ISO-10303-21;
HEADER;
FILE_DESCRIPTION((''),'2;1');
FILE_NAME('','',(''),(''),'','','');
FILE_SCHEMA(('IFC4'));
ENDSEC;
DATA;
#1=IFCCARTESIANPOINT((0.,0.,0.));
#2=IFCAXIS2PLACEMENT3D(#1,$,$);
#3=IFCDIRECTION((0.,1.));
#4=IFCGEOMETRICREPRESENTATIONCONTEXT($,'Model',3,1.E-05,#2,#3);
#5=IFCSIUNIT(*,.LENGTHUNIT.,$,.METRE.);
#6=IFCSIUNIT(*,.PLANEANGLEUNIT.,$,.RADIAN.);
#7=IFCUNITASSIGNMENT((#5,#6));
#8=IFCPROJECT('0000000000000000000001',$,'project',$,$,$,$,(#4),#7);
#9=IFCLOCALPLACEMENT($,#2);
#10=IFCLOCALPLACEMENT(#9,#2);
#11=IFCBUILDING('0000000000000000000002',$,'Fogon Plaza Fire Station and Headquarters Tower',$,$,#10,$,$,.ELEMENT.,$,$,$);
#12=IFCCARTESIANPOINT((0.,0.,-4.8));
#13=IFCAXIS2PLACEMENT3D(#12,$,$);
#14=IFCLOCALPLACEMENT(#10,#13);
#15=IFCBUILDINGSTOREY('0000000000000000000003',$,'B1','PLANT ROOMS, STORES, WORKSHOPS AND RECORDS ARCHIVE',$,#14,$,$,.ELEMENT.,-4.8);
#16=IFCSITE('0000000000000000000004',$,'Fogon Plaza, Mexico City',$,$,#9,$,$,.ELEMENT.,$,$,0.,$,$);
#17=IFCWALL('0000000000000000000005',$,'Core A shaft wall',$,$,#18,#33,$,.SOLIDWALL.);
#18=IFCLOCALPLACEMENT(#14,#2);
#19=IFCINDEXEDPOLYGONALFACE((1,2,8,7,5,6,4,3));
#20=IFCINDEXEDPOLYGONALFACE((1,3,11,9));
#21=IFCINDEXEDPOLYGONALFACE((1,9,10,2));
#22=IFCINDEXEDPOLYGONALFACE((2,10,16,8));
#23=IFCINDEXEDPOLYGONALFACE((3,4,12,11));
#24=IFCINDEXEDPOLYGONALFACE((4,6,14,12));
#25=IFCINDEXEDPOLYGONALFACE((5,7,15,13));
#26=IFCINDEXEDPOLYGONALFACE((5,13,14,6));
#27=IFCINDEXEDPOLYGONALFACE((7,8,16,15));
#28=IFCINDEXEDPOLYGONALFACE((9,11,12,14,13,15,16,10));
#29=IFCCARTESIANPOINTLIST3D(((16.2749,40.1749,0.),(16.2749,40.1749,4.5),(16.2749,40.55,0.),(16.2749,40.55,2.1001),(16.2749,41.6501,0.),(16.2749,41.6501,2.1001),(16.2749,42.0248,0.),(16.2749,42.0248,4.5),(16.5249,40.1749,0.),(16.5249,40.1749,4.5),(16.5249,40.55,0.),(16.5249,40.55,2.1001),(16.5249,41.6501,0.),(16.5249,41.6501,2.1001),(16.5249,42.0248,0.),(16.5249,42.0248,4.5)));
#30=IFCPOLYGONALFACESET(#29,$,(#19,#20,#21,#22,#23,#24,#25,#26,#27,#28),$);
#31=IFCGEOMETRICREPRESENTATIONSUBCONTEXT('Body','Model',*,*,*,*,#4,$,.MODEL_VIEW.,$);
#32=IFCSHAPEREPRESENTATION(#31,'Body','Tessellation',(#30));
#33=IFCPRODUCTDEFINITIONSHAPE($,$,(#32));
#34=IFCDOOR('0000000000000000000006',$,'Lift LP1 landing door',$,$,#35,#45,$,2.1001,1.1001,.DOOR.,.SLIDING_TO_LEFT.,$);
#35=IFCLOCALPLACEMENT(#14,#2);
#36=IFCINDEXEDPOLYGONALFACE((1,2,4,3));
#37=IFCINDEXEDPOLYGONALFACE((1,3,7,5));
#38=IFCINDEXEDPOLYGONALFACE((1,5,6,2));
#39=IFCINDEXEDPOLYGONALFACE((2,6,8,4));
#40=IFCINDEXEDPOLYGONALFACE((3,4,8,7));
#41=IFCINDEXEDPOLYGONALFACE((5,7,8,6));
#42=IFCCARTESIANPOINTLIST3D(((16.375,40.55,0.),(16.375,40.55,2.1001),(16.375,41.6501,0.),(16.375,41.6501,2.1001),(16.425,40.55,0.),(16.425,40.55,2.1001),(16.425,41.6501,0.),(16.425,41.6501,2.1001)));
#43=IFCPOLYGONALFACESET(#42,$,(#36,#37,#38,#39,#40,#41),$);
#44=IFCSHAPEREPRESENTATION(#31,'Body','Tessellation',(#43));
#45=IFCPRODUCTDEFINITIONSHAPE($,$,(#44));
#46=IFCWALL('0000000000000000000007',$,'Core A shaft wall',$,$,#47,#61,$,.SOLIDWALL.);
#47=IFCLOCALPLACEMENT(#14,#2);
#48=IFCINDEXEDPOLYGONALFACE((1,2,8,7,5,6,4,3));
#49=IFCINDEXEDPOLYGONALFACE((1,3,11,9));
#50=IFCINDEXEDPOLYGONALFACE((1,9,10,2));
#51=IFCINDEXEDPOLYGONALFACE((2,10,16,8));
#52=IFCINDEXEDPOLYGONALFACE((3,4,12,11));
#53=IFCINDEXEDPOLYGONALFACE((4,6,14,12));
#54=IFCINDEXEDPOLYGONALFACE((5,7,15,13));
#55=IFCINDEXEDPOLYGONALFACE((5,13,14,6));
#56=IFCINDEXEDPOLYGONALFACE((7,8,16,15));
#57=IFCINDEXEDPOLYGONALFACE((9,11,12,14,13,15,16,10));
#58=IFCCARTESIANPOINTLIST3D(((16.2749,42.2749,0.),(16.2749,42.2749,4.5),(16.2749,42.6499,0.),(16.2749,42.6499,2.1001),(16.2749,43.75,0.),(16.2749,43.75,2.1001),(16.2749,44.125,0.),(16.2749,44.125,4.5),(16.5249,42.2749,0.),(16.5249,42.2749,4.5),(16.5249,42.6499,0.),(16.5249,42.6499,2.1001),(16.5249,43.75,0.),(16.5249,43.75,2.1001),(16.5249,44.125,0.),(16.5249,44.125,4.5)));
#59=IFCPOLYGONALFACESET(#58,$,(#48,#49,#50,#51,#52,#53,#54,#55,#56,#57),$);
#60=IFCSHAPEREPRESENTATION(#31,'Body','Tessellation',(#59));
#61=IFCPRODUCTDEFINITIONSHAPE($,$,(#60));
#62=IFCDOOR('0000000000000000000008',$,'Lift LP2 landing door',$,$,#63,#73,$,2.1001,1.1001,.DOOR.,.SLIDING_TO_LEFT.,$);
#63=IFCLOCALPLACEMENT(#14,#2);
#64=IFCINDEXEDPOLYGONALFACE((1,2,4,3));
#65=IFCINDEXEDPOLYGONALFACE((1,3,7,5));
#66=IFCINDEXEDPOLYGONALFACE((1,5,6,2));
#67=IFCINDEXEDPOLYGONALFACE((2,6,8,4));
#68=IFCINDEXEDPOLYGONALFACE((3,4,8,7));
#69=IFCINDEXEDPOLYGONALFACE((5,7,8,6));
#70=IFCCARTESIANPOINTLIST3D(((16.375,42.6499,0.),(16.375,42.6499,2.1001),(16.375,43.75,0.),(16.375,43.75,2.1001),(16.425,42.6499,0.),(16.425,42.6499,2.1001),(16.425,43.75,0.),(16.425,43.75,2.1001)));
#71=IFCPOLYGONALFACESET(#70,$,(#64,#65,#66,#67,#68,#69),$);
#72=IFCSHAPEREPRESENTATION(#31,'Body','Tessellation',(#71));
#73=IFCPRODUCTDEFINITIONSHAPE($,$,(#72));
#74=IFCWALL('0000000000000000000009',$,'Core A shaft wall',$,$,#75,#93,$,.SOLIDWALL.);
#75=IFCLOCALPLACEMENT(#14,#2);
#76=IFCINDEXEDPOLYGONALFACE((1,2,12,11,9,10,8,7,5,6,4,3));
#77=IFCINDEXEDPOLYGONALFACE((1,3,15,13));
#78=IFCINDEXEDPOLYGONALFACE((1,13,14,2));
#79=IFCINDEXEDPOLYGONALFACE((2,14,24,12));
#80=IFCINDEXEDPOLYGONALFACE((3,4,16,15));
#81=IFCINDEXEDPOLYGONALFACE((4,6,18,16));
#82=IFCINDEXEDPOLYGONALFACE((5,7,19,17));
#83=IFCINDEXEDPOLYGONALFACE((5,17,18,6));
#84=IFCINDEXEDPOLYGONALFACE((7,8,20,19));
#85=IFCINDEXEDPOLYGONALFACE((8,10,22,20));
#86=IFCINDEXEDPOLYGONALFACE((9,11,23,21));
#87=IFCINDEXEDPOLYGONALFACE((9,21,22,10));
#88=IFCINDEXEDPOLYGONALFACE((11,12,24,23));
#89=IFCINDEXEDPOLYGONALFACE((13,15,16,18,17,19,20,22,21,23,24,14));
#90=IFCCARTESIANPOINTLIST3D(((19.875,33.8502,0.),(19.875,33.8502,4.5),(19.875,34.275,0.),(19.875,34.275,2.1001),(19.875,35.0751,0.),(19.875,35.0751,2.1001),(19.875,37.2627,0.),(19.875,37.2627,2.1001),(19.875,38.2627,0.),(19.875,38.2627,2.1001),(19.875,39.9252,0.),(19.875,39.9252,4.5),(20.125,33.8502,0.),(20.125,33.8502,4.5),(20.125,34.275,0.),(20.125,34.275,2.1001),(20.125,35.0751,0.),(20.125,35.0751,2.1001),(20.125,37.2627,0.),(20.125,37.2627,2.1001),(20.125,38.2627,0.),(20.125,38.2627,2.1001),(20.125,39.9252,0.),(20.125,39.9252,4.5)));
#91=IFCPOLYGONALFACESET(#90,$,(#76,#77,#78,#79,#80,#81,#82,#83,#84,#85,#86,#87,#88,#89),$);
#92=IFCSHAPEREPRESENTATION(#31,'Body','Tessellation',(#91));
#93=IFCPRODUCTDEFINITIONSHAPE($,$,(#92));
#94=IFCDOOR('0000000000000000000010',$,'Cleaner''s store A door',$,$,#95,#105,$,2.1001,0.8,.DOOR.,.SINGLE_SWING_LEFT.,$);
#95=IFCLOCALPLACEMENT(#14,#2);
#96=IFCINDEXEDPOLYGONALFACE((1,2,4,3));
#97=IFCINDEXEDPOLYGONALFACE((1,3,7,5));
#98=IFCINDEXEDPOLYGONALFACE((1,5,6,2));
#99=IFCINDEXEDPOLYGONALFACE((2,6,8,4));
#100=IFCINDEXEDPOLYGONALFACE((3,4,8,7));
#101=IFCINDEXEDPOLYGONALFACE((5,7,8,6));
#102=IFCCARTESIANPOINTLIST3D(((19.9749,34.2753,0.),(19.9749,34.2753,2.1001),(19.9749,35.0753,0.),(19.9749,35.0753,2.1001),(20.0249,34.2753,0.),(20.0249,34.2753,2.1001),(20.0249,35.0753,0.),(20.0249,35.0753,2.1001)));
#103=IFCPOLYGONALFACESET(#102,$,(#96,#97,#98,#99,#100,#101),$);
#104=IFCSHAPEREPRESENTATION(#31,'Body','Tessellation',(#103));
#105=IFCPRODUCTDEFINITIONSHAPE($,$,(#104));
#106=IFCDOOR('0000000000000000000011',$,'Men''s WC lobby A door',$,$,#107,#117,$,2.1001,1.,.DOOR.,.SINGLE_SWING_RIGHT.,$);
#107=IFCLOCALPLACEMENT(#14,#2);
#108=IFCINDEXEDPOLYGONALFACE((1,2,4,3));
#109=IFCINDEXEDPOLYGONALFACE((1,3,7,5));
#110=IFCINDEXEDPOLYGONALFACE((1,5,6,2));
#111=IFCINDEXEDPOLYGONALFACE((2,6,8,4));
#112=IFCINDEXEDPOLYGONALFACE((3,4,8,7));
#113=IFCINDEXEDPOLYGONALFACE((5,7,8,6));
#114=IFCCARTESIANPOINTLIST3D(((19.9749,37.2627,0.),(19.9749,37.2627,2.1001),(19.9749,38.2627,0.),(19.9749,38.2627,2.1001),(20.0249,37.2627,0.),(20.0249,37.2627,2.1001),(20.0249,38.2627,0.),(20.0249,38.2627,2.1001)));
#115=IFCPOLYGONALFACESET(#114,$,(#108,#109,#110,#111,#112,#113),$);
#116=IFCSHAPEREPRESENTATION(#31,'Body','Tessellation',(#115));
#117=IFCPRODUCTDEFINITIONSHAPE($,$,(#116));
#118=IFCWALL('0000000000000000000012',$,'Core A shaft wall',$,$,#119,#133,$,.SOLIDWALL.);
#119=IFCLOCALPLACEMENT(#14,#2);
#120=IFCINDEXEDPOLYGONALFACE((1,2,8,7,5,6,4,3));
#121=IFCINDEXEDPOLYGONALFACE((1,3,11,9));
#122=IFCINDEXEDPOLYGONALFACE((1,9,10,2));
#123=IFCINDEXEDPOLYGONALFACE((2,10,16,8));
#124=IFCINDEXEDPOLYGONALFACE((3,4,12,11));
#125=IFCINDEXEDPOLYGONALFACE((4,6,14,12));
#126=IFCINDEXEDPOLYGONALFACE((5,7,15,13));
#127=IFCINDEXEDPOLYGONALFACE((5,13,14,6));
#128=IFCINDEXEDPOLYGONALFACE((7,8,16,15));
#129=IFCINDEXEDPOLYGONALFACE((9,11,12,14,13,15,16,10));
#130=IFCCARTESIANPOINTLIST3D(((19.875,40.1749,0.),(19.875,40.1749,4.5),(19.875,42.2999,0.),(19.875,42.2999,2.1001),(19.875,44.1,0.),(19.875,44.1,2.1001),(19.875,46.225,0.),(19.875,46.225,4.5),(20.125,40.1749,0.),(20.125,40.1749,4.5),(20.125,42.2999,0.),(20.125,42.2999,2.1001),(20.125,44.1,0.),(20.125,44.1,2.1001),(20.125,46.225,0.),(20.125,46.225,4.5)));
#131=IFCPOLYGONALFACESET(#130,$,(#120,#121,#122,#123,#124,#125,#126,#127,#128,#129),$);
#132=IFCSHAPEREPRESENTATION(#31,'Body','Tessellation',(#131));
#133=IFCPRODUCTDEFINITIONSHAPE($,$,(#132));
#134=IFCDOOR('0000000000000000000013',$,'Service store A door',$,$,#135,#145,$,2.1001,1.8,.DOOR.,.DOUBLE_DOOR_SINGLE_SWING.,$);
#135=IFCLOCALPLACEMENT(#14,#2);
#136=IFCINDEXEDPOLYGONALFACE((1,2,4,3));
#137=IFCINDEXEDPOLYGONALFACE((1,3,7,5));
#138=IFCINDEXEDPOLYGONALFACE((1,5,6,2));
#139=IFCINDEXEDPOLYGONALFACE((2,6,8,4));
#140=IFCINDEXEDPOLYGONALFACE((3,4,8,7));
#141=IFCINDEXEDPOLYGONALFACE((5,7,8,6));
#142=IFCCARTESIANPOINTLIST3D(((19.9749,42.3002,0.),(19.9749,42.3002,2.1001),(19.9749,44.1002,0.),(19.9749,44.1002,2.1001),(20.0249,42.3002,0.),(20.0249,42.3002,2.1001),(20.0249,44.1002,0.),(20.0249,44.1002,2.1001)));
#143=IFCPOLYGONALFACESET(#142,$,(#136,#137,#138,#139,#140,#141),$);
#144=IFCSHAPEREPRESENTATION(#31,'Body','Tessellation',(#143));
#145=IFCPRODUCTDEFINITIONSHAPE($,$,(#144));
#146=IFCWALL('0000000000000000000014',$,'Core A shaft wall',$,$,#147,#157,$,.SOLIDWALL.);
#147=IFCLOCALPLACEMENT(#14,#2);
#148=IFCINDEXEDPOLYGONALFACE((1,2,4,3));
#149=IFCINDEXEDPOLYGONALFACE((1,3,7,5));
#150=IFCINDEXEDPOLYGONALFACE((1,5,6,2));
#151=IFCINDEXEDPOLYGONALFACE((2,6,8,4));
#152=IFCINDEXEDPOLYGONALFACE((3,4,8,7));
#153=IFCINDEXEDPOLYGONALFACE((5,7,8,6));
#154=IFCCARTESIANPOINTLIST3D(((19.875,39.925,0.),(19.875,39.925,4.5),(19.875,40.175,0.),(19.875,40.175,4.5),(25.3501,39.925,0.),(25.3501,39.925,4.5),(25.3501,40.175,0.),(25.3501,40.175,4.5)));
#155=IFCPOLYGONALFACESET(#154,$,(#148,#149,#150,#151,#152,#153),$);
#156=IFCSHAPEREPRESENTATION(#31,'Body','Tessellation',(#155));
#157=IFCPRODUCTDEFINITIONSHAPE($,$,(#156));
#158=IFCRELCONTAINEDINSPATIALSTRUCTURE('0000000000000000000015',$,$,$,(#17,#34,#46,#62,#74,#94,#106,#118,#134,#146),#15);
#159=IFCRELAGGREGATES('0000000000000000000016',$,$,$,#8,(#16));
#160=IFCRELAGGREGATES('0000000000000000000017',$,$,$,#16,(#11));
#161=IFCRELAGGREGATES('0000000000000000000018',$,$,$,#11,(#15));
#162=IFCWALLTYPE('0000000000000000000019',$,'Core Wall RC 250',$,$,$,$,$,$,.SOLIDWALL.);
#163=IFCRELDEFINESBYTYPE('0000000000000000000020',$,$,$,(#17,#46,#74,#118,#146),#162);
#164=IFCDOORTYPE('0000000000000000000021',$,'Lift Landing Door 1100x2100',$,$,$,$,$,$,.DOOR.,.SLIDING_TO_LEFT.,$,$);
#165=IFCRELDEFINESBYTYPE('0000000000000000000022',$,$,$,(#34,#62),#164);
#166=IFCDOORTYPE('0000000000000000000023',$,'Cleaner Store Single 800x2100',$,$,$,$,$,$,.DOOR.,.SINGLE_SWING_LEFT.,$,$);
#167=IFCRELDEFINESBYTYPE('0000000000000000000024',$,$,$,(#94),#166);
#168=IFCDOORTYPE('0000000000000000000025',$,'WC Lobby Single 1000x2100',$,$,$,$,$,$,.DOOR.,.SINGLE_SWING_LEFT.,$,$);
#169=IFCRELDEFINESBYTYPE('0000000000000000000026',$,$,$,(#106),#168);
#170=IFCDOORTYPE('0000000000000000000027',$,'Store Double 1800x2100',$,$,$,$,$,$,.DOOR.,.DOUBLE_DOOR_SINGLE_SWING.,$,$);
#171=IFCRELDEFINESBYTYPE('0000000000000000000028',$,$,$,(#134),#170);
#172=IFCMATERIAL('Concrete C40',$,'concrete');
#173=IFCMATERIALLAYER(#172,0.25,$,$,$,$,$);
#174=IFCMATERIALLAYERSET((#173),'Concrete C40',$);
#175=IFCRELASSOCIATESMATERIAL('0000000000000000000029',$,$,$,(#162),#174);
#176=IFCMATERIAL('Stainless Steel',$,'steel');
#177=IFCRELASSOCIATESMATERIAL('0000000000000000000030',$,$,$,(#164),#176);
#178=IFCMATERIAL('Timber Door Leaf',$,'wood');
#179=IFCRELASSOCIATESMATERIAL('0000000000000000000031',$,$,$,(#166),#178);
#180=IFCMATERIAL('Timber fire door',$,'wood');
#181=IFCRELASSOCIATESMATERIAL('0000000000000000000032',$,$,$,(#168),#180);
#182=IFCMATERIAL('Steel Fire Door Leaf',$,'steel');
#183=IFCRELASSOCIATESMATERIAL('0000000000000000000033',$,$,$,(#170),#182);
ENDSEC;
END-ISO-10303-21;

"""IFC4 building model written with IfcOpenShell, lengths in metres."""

from ifc_helpers import new_model, si_unit, direction, frame, frame_2d, origin, place, context, subcontext, project, spatial, rectangle, extrude, material, layer, layer_set, type_object, element, fill, save


model = new_model("IFC4")

# Units and contexts
model_context = context("Model", 3, precision=1e-05, world=origin(), true_north=direction((0.0, 1.0)))
body_context = subcontext(model_context, "Body", "Model", "MODEL_VIEW")
ifc_project = project(units=[si_unit("LENGTHUNIT", "METRE"), si_unit("PLANEANGLEUNIT", "RADIAN")], contexts=[model_context])

# Site, building, storey
site_placement = place(None, origin())
site = spatial("IfcSite", under=ifc_project, at=site_placement, Name="Fogon Plaza, Mexico City", CompositionType="ELEMENT", RefElevation=0.0)
building_placement = place(site_placement, origin())
building = spatial("IfcBuilding", under=site, at=building_placement, Name="Fogon Plaza Fire Station and Headquarters Tower", CompositionType="ELEMENT")
storey_placement = place(building_placement, frame((0.0, 0.0, -4.8)))
storey = spatial("IfcBuildingStorey", under=building, at=storey_placement, Name="B1", Description="PLANT ROOMS, STORES, WORKSHOPS AND RECORDS ARCHIVE", CompositionType="ELEMENT", Elevation=-4.8)

# Walls, openings, doors
ifc_material_1 = material(Name="Concrete C40", Category="concrete")
ifc_layer_1 = layer(ifc_material_1, 0.25)
ifc_layer_set_1 = layer_set([ifc_layer_1], Name="Concrete C40")
wall_type_1 = type_object("IfcWallType", Name="Core Wall RC 250", PredefinedType="SOLIDWALL", material=ifc_layer_set_1)
wall_1_placement = place(storey_placement, frame((16.3999, 40.175, 0.0), z_axis=(0.0, 0.0, 1.0), x_axis=(0.0, 1.0, 0.0)))
wall_1 = element("IfcWall", 1, at=wall_1_placement, inside=storey, type_object=wall_type_1, Name="Core A shaft wall", PredefinedType="SOLIDWALL", context=body_context, shape_type="SweptSolid", body=[
    extrude(rectangle(XDim=1.8499, YDim=0.25, at=frame_2d((0.9248, 0.0))), origin(), (0.0, 0.0, 1.0), 4.5),
])
opening_1_placement = place(wall_1_placement, frame((0.375, 0.0, 0.0)))
opening_1 = element("IfcOpeningElement", 2, at=opening_1_placement, cuts=wall_1, PredefinedType="OPENING", context=body_context, shape_type="SweptSolid", body=[
    extrude(rectangle(XDim=1.1001, YDim=2.1001, at=frame_2d((0.55, 1.05))), frame((0.0, 0.135, 0.0), z_axis=(0.0, -1.0, 0.0), x_axis=(1.0, 0.0, 0.0)), (0.0, 0.0, 1.0), 0.27),
])
ifc_material_2 = material(Name="Stainless Steel", Category="steel")
door_type_1 = type_object("IfcDoorType", Name="Lift Landing Door 1100x2100", OperationType="SLIDING_TO_LEFT", PredefinedType="DOOR", material=ifc_material_2)
door_1_placement = place(opening_1_placement, origin())
door_1 = element("IfcDoor", 3, at=door_1_placement, inside=storey, type_object=door_type_1, Name="Lift LP1 landing door", OperationType="SLIDING_TO_LEFT", OverallHeight=2.1001, OverallWidth=1.1001, PredefinedType="DOOR", context=body_context, shape_type="SweptSolid", body=[
    extrude(rectangle(XDim=1.1001, YDim=2.1001, at=frame_2d((0.55, 1.05))), frame((0.0, 0.0249, 0.0), z_axis=(0.0, -1.0, 0.0), x_axis=(1.0, 0.0, 0.0)), (0.0, 0.0, 1.0), 0.05),
])
fill(opening_1, door_1)
wall_2_placement = place(storey_placement, frame((16.3999, 42.2749, 0.0), z_axis=(0.0, 0.0, 1.0), x_axis=(0.0, 1.0, 0.0)))
wall_2 = element("IfcWall", 4, at=wall_2_placement, inside=storey, type_object=wall_type_1, Name="Core A shaft wall", PredefinedType="SOLIDWALL", context=body_context, shape_type="SweptSolid", body=[
    extrude(rectangle(XDim=1.8501, YDim=0.25, at=frame_2d((0.925, 0.0))), origin(), (0.0, 0.0, 1.0), 4.5),
])
opening_2_placement = place(wall_2_placement, frame((0.375, 0.0, 0.0)))
opening_2 = element("IfcOpeningElement", 5, at=opening_2_placement, cuts=wall_2, PredefinedType="OPENING", context=body_context, shape_type="SweptSolid", body=[
    extrude(rectangle(XDim=1.1001, YDim=2.1001, at=frame_2d((0.55, 1.05))), frame((0.0, 0.135, 0.0), z_axis=(0.0, -1.0, 0.0), x_axis=(1.0, 0.0, 0.0)), (0.0, 0.0, 1.0), 0.27),
])
door_2_placement = place(opening_2_placement, origin())
door_2 = element("IfcDoor", 6, at=door_2_placement, inside=storey, type_object=door_type_1, Name="Lift LP2 landing door", OperationType="SLIDING_TO_LEFT", OverallHeight=2.1001, OverallWidth=1.1001, PredefinedType="DOOR", context=body_context, shape_type="SweptSolid", body=[
    extrude(rectangle(XDim=1.1001, YDim=2.1001, at=frame_2d((0.55, 1.05))), frame((0.0, 0.0249, 0.0), z_axis=(0.0, -1.0, 0.0), x_axis=(1.0, 0.0, 0.0)), (0.0, 0.0, 1.0), 0.05),
])
fill(opening_2, door_2)

# Wall, openings, doors
wall_3_placement = place(storey_placement, frame((20.0, 33.8501, 0.0), z_axis=(0.0, 0.0, 1.0), x_axis=(0.0, 1.0, 0.0)))
wall_3 = element("IfcWall", 7, at=wall_3_placement, inside=storey, type_object=wall_type_1, Name="Core A shaft wall", PredefinedType="SOLIDWALL", context=body_context, shape_type="SweptSolid", body=[
    extrude(rectangle(XDim=6.075, YDim=0.25, at=frame_2d((3.0376, 0.0))), origin(), (0.0, 0.0, 1.0), 4.5),
])
opening_3_placement = place(wall_3_placement, frame((0.425, 0.0, 0.0)))
opening_3 = element("IfcOpeningElement", 8, at=opening_3_placement, cuts=wall_3, PredefinedType="OPENING", context=body_context, shape_type="SweptSolid", body=[
    extrude(rectangle(XDim=0.8, YDim=2.1001, at=frame_2d((0.3999, 1.05))), frame((0.0, 0.135, 0.0), z_axis=(0.0, -1.0, 0.0), x_axis=(1.0, 0.0, 0.0)), (0.0, 0.0, 1.0), 0.27),
])
opening_4_placement = place(wall_3_placement, frame((3.4126, 0.0, 0.0)))
opening_4 = element("IfcOpeningElement", 9, at=opening_4_placement, cuts=wall_3, PredefinedType="OPENING", context=body_context, shape_type="SweptSolid", body=[
    extrude(rectangle(XDim=1.0, YDim=2.1001, at=frame_2d((0.5, 1.05))), frame((0.0, 0.135, 0.0), z_axis=(0.0, -1.0, 0.0), x_axis=(1.0, 0.0, 0.0)), (0.0, 0.0, 1.0), 0.27),
])
ifc_material_3 = material(Name="Timber Door Leaf", Category="wood")
door_type_2 = type_object("IfcDoorType", Name="Cleaner Store Single 800x2100", OperationType="SINGLE_SWING_LEFT", PredefinedType="DOOR", material=ifc_material_3)
door_3_placement = place(opening_3_placement, frame((0.8, 0.0, 0.0), z_axis=(0.0, 0.0, 1.0), x_axis=(-1.0, 0.0, 0.0)))
door_3 = element("IfcDoor", 10, at=door_3_placement, inside=storey, type_object=door_type_2, Name="Cleaner's store A door", OperationType="SINGLE_SWING_LEFT", OverallHeight=2.1001, OverallWidth=0.8, PredefinedType="DOOR", context=body_context, shape_type="SweptSolid", body=[
    extrude(rectangle(XDim=0.8, YDim=2.1001, at=frame_2d((0.3999, 1.05))), frame((0.0, 0.0249, 0.0), z_axis=(0.0, -1.0, 0.0), x_axis=(1.0, 0.0, 0.0)), (0.0, 0.0, 1.0), 0.05),
])
fill(opening_3, door_3)
ifc_material_4 = material(Name="Timber fire door", Category="wood")
door_type_3 = type_object("IfcDoorType", Name="WC Lobby Single 1000x2100", OperationType="SINGLE_SWING_LEFT", PredefinedType="DOOR", material=ifc_material_4)
door_4_placement = place(opening_4_placement, frame((1.0, 0.0, 0.0), z_axis=(0.0, 0.0, 1.0), x_axis=(-1.0, 0.0, 0.0)))
door_4 = element("IfcDoor", 11, at=door_4_placement, inside=storey, type_object=door_type_3, Name="Men's WC lobby A door", OperationType="SINGLE_SWING_RIGHT", OverallHeight=2.1001, OverallWidth=1.0, PredefinedType="DOOR", context=body_context, shape_type="SweptSolid", body=[
    extrude(rectangle(XDim=1.0, YDim=2.1001, at=frame_2d((0.5, 1.05))), frame((0.0, 0.0249, 0.0), z_axis=(0.0, -1.0, 0.0), x_axis=(1.0, 0.0, 0.0)), (0.0, 0.0, 1.0), 0.05),
])
fill(opening_4, door_4)

# Wall, opening, door
wall_4_placement = place(storey_placement, frame((20.0, 40.175, 0.0), z_axis=(0.0, 0.0, 1.0), x_axis=(0.0, 1.0, 0.0)))
wall_4 = element("IfcWall", 12, at=wall_4_placement, inside=storey, type_object=wall_type_1, Name="Core A shaft wall", PredefinedType="SOLIDWALL", context=body_context, shape_type="SweptSolid", body=[
    extrude(rectangle(XDim=6.05, YDim=0.25, at=frame_2d((3.0249, 0.0))), origin(), (0.0, 0.0, 1.0), 4.5),
])
opening_5_placement = place(wall_4_placement, frame((2.125, 0.0, 0.0)))
opening_5 = element("IfcOpeningElement", 13, at=opening_5_placement, cuts=wall_4, PredefinedType="OPENING", context=body_context, shape_type="SweptSolid", body=[
    extrude(rectangle(XDim=1.8, YDim=2.1001, at=frame_2d((0.8999, 1.05))), frame((0.0, 0.135, 0.0), z_axis=(0.0, -1.0, 0.0), x_axis=(1.0, 0.0, 0.0)), (0.0, 0.0, 1.0), 0.27),
])
ifc_material_5 = material(Name="Steel Fire Door Leaf", Category="steel")
door_type_4 = type_object("IfcDoorType", Name="Store Double 1800x2100", OperationType="DOUBLE_DOOR_SINGLE_SWING", PredefinedType="DOOR", material=ifc_material_5)
door_5_placement = place(opening_5_placement, frame((1.8, 0.0, 0.0), z_axis=(0.0, 0.0, 1.0), x_axis=(-1.0, 0.0, 0.0)))
door_5 = element("IfcDoor", 14, at=door_5_placement, inside=storey, type_object=door_type_4, Name="Service store A door", OperationType="DOUBLE_DOOR_SINGLE_SWING", OverallHeight=2.1001, OverallWidth=1.8, PredefinedType="DOOR", context=body_context, shape_type="SweptSolid", body=[
    extrude(rectangle(XDim=1.8, YDim=2.1001, at=frame_2d((0.8999, 1.05))), frame((0.0, 0.0249, 0.0), z_axis=(0.0, -1.0, 0.0), x_axis=(1.0, 0.0, 0.0)), (0.0, 0.0, 1.0), 0.05),
])
fill(opening_5, door_5)

# Wall
wall_5_placement = place(storey_placement, frame((19.875, 40.05, 0.0), z_axis=(0.0, 0.0, 1.0), x_axis=(1.0, 0.0, 0.0)))
element("IfcWall", 15, at=wall_5_placement, inside=storey, type_object=wall_type_1, Name="Core A shaft wall", PredefinedType="SOLIDWALL", context=body_context, shape_type="SweptSolid", body=[
    extrude(rectangle(XDim=5.4751, YDim=0.25, at=frame_2d((2.7375, 0.0))), origin(), (0.0, 0.0, 1.0), 4.5),
])

save(model, "model.ifc")
